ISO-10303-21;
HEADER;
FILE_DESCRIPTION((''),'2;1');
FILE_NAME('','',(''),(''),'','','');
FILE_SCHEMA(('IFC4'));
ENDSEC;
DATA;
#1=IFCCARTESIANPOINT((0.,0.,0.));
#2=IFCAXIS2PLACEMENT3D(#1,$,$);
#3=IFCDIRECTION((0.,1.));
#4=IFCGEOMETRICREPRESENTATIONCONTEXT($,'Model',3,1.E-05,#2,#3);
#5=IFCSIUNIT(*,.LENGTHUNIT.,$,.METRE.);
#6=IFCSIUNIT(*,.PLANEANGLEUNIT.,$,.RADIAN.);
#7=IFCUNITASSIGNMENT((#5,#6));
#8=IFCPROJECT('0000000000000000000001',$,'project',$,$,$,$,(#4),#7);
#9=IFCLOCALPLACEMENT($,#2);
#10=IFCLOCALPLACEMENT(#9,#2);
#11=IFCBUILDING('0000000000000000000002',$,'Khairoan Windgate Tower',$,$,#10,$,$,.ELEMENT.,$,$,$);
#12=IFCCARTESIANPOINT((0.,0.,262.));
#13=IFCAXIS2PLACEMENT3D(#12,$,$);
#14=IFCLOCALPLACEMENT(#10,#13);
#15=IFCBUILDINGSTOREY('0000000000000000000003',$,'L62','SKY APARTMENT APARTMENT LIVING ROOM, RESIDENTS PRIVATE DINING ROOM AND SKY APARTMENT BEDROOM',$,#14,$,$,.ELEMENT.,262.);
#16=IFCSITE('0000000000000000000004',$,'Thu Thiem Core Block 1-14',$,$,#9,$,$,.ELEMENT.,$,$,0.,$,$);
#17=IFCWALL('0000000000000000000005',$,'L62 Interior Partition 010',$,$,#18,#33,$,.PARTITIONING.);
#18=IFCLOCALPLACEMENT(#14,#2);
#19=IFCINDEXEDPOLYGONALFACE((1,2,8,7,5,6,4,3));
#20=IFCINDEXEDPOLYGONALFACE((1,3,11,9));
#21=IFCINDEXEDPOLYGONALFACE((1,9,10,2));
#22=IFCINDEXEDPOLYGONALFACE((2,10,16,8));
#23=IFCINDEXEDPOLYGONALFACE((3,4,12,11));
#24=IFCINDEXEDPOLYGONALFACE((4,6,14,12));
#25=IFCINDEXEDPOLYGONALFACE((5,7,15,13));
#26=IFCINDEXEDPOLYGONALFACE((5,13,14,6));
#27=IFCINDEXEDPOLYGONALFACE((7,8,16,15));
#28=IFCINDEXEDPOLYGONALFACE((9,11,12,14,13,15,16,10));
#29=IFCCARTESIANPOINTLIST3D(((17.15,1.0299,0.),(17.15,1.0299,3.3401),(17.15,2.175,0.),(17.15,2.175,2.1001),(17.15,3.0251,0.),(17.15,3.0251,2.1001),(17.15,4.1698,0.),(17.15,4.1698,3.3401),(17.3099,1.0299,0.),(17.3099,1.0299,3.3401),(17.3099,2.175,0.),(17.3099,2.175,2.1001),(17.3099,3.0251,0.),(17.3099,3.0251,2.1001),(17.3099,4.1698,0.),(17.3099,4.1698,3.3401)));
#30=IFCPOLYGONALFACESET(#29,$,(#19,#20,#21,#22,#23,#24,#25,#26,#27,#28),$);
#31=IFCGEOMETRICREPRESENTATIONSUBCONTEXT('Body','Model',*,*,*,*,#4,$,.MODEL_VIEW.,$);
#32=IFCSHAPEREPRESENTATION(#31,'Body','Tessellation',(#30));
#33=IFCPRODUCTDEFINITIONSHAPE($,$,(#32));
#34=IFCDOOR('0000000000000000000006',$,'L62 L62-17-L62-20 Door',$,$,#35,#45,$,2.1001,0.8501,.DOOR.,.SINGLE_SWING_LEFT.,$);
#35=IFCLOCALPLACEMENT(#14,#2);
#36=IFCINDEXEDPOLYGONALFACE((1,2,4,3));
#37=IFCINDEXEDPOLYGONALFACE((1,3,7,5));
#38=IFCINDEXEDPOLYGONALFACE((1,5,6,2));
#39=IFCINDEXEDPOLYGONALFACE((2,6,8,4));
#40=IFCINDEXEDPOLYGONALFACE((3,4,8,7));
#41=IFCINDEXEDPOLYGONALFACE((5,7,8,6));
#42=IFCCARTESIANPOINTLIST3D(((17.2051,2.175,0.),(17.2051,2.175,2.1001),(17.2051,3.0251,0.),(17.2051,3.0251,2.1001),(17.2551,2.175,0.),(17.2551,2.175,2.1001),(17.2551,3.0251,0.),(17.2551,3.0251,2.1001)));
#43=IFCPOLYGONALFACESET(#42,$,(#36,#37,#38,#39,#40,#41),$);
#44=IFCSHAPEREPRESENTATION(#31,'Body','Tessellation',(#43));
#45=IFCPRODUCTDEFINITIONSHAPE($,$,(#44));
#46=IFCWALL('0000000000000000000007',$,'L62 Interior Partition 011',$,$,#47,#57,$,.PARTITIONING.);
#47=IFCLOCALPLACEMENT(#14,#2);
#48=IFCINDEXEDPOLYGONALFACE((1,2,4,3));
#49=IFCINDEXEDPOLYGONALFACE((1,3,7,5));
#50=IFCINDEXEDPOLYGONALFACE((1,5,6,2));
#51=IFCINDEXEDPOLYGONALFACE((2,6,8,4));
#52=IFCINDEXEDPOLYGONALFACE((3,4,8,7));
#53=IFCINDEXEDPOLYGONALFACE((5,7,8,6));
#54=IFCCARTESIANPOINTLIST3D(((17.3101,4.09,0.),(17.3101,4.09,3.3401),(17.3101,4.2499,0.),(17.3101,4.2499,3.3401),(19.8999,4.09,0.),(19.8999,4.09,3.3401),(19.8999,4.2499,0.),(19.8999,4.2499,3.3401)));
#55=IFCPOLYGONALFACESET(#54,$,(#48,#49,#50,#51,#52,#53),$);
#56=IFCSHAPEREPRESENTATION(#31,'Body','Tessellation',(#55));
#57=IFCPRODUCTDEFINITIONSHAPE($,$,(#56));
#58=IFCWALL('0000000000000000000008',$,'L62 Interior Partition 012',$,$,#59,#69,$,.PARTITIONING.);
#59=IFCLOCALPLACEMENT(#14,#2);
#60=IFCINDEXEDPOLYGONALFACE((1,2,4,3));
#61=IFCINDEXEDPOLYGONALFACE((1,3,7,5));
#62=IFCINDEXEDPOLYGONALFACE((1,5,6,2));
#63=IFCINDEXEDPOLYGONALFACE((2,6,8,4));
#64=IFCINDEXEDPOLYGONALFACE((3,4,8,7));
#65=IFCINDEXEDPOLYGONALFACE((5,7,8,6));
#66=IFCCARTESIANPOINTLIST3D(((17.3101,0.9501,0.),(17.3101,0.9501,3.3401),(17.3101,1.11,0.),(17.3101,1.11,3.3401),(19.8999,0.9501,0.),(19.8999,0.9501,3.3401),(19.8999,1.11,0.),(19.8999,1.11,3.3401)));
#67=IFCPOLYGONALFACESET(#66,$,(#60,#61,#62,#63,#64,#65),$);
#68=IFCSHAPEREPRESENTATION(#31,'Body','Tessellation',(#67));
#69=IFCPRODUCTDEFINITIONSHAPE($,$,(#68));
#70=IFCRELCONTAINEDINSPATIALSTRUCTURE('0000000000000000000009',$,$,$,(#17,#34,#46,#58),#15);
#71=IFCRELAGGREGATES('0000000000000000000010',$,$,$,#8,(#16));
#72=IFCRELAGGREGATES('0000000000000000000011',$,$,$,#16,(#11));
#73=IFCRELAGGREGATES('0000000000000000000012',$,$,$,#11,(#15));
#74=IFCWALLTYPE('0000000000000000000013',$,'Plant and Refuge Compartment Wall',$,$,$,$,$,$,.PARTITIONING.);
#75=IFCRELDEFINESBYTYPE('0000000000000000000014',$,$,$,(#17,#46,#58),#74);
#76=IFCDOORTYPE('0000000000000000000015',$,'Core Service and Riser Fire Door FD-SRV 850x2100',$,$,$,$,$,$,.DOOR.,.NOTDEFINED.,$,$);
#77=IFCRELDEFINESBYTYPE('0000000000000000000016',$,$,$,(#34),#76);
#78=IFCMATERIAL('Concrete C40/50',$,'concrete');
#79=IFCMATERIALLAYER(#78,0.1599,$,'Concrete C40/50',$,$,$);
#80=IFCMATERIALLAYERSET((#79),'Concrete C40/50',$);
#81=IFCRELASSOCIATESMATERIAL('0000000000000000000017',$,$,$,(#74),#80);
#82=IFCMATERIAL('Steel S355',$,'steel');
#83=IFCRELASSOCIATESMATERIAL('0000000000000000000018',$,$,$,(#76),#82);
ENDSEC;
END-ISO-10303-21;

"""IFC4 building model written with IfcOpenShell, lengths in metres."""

from ifc_helpers import new_model, si_unit, direction, frame, frame_2d, origin, place, context, subcontext, project, spatial, rectangle, extrude, material, layer, layer_set, type_object, element, fill, save


model = new_model("IFC4")

# Units and contexts
model_context = context("Model", 3, precision=1e-05, world=origin(), true_north=direction((0.0, 1.0)))
body_context = subcontext(model_context, "Body", "Model", "MODEL_VIEW")
ifc_project = project(units=[si_unit("LENGTHUNIT", "METRE"), si_unit("PLANEANGLEUNIT", "RADIAN")], contexts=[model_context])

# Site, building, storey
site_placement = place(None, origin())
site = spatial("IfcSite", under=ifc_project, at=site_placement, Name="Thu Thiem Core Block 1-14", CompositionType="ELEMENT", RefElevation=0.0)
building_placement = place(site_placement, origin())
building = spatial("IfcBuilding", under=site, at=building_placement, Name="Khairoan Windgate Tower", CompositionType="ELEMENT")
storey_placement = place(building_placement, frame((0.0, 0.0, 262.0)))
storey = spatial("IfcBuildingStorey", under=building, at=storey_placement, Name="L62", Description="SKY APARTMENT APARTMENT LIVING ROOM, RESIDENTS PRIVATE DINING ROOM AND SKY APARTMENT BEDROOM", CompositionType="ELEMENT", Elevation=262.0)

# Wall, opening, door
ifc_material_1 = material(Name="Concrete C40/50", Category="concrete")
ifc_layer_1 = layer(ifc_material_1, 0.1599, Name="Concrete C40/50")
ifc_layer_set_1 = layer_set([ifc_layer_1], Name="Concrete C40/50")
wall_type_1 = type_object("IfcWallType", Name="Plant and Refuge Compartment Wall", PredefinedType="PARTITIONING", material=ifc_layer_set_1)
ifc_material_2 = material(Name="Steel S355", Category="steel")
door_type = type_object("IfcDoorType", Name="Core Service and Riser Fire Door FD-SRV 850x2100", OperationType="NOTDEFINED", PredefinedType="DOOR", material=ifc_material_2)
wall_1_placement = place(storey_placement, frame((17.23, 1.03, 0.0), z_axis=(0.0, 0.0, 1.0), x_axis=(0.0, 1.0, 0.0)))
wall_1 = element("IfcWall", 1, at=wall_1_placement, inside=storey, type_object=wall_type_1, Name="L62 Interior Partition 010", PredefinedType="PARTITIONING", context=body_context, shape_type="SweptSolid", body=[
    extrude(rectangle(XDim=3.1399, YDim=0.1599, at=frame_2d((1.5698, 0.0))), origin(), (0.0, 0.0, 1.0), 3.3401),
])
opening_1_placement = place(wall_1_placement, frame((1.145, 0.0, 0.0)))
opening_1 = element("IfcOpeningElement", 2, at=opening_1_placement, cuts=wall_1, PredefinedType="OPENING", context=body_context, shape_type="SweptSolid", body=[
    extrude(rectangle(XDim=0.8501, YDim=2.1001, at=frame_2d((0.425, 1.05))), frame((0.0, 0.0898, 0.0), z_axis=(0.0, -1.0, 0.0), x_axis=(1.0, 0.0, 0.0)), (0.0, 0.0, 1.0), 0.1799),
])
door_1_placement = place(opening_1_placement, origin())
door_1 = element("IfcDoor", 3, at=door_1_placement, inside=storey, type_object=door_type, Name="L62 L62-17-L62-20 Door", OperationType="SINGLE_SWING_LEFT", OverallHeight=2.1001, OverallWidth=0.8501, PredefinedType="DOOR", context=body_context, shape_type="SweptSolid", body=[
    extrude(rectangle(XDim=0.8501, YDim=2.1001, at=frame_2d((0.425, 1.05))), frame((0.0, 0.0249, 0.0), z_axis=(0.0, -1.0, 0.0), x_axis=(1.0, 0.0, 0.0)), (0.0, 0.0, 1.0), 0.05),
])
fill(opening_1, door_1)

# Walls
for number, where, z_axis, x_axis, name in (
    (4, (17.3101, 4.1699, 0.0), (0.0, 0.0, 1.0), (1.0, 0.0, 0.0), "L62 Interior Partition 011"),
    (5, (17.3101, 1.03, 0.0), (0.0, 0.0, 1.0), (1.0, 0.0, 0.0), "L62 Interior Partition 012"),
):
    element("IfcWall", number, at=place(storey_placement, frame(where, z_axis=z_axis, x_axis=x_axis)), inside=storey, type_object=wall_type_1, Name=name, PredefinedType="PARTITIONING", context=body_context, shape_type="SweptSolid", body=[
        extrude(rectangle(XDim=2.5898, YDim=0.1599, at=frame_2d((1.2949, 0.0))), origin(), (0.0, 0.0, 1.0), 3.3401),
    ])

save(model, "model.ifc")
